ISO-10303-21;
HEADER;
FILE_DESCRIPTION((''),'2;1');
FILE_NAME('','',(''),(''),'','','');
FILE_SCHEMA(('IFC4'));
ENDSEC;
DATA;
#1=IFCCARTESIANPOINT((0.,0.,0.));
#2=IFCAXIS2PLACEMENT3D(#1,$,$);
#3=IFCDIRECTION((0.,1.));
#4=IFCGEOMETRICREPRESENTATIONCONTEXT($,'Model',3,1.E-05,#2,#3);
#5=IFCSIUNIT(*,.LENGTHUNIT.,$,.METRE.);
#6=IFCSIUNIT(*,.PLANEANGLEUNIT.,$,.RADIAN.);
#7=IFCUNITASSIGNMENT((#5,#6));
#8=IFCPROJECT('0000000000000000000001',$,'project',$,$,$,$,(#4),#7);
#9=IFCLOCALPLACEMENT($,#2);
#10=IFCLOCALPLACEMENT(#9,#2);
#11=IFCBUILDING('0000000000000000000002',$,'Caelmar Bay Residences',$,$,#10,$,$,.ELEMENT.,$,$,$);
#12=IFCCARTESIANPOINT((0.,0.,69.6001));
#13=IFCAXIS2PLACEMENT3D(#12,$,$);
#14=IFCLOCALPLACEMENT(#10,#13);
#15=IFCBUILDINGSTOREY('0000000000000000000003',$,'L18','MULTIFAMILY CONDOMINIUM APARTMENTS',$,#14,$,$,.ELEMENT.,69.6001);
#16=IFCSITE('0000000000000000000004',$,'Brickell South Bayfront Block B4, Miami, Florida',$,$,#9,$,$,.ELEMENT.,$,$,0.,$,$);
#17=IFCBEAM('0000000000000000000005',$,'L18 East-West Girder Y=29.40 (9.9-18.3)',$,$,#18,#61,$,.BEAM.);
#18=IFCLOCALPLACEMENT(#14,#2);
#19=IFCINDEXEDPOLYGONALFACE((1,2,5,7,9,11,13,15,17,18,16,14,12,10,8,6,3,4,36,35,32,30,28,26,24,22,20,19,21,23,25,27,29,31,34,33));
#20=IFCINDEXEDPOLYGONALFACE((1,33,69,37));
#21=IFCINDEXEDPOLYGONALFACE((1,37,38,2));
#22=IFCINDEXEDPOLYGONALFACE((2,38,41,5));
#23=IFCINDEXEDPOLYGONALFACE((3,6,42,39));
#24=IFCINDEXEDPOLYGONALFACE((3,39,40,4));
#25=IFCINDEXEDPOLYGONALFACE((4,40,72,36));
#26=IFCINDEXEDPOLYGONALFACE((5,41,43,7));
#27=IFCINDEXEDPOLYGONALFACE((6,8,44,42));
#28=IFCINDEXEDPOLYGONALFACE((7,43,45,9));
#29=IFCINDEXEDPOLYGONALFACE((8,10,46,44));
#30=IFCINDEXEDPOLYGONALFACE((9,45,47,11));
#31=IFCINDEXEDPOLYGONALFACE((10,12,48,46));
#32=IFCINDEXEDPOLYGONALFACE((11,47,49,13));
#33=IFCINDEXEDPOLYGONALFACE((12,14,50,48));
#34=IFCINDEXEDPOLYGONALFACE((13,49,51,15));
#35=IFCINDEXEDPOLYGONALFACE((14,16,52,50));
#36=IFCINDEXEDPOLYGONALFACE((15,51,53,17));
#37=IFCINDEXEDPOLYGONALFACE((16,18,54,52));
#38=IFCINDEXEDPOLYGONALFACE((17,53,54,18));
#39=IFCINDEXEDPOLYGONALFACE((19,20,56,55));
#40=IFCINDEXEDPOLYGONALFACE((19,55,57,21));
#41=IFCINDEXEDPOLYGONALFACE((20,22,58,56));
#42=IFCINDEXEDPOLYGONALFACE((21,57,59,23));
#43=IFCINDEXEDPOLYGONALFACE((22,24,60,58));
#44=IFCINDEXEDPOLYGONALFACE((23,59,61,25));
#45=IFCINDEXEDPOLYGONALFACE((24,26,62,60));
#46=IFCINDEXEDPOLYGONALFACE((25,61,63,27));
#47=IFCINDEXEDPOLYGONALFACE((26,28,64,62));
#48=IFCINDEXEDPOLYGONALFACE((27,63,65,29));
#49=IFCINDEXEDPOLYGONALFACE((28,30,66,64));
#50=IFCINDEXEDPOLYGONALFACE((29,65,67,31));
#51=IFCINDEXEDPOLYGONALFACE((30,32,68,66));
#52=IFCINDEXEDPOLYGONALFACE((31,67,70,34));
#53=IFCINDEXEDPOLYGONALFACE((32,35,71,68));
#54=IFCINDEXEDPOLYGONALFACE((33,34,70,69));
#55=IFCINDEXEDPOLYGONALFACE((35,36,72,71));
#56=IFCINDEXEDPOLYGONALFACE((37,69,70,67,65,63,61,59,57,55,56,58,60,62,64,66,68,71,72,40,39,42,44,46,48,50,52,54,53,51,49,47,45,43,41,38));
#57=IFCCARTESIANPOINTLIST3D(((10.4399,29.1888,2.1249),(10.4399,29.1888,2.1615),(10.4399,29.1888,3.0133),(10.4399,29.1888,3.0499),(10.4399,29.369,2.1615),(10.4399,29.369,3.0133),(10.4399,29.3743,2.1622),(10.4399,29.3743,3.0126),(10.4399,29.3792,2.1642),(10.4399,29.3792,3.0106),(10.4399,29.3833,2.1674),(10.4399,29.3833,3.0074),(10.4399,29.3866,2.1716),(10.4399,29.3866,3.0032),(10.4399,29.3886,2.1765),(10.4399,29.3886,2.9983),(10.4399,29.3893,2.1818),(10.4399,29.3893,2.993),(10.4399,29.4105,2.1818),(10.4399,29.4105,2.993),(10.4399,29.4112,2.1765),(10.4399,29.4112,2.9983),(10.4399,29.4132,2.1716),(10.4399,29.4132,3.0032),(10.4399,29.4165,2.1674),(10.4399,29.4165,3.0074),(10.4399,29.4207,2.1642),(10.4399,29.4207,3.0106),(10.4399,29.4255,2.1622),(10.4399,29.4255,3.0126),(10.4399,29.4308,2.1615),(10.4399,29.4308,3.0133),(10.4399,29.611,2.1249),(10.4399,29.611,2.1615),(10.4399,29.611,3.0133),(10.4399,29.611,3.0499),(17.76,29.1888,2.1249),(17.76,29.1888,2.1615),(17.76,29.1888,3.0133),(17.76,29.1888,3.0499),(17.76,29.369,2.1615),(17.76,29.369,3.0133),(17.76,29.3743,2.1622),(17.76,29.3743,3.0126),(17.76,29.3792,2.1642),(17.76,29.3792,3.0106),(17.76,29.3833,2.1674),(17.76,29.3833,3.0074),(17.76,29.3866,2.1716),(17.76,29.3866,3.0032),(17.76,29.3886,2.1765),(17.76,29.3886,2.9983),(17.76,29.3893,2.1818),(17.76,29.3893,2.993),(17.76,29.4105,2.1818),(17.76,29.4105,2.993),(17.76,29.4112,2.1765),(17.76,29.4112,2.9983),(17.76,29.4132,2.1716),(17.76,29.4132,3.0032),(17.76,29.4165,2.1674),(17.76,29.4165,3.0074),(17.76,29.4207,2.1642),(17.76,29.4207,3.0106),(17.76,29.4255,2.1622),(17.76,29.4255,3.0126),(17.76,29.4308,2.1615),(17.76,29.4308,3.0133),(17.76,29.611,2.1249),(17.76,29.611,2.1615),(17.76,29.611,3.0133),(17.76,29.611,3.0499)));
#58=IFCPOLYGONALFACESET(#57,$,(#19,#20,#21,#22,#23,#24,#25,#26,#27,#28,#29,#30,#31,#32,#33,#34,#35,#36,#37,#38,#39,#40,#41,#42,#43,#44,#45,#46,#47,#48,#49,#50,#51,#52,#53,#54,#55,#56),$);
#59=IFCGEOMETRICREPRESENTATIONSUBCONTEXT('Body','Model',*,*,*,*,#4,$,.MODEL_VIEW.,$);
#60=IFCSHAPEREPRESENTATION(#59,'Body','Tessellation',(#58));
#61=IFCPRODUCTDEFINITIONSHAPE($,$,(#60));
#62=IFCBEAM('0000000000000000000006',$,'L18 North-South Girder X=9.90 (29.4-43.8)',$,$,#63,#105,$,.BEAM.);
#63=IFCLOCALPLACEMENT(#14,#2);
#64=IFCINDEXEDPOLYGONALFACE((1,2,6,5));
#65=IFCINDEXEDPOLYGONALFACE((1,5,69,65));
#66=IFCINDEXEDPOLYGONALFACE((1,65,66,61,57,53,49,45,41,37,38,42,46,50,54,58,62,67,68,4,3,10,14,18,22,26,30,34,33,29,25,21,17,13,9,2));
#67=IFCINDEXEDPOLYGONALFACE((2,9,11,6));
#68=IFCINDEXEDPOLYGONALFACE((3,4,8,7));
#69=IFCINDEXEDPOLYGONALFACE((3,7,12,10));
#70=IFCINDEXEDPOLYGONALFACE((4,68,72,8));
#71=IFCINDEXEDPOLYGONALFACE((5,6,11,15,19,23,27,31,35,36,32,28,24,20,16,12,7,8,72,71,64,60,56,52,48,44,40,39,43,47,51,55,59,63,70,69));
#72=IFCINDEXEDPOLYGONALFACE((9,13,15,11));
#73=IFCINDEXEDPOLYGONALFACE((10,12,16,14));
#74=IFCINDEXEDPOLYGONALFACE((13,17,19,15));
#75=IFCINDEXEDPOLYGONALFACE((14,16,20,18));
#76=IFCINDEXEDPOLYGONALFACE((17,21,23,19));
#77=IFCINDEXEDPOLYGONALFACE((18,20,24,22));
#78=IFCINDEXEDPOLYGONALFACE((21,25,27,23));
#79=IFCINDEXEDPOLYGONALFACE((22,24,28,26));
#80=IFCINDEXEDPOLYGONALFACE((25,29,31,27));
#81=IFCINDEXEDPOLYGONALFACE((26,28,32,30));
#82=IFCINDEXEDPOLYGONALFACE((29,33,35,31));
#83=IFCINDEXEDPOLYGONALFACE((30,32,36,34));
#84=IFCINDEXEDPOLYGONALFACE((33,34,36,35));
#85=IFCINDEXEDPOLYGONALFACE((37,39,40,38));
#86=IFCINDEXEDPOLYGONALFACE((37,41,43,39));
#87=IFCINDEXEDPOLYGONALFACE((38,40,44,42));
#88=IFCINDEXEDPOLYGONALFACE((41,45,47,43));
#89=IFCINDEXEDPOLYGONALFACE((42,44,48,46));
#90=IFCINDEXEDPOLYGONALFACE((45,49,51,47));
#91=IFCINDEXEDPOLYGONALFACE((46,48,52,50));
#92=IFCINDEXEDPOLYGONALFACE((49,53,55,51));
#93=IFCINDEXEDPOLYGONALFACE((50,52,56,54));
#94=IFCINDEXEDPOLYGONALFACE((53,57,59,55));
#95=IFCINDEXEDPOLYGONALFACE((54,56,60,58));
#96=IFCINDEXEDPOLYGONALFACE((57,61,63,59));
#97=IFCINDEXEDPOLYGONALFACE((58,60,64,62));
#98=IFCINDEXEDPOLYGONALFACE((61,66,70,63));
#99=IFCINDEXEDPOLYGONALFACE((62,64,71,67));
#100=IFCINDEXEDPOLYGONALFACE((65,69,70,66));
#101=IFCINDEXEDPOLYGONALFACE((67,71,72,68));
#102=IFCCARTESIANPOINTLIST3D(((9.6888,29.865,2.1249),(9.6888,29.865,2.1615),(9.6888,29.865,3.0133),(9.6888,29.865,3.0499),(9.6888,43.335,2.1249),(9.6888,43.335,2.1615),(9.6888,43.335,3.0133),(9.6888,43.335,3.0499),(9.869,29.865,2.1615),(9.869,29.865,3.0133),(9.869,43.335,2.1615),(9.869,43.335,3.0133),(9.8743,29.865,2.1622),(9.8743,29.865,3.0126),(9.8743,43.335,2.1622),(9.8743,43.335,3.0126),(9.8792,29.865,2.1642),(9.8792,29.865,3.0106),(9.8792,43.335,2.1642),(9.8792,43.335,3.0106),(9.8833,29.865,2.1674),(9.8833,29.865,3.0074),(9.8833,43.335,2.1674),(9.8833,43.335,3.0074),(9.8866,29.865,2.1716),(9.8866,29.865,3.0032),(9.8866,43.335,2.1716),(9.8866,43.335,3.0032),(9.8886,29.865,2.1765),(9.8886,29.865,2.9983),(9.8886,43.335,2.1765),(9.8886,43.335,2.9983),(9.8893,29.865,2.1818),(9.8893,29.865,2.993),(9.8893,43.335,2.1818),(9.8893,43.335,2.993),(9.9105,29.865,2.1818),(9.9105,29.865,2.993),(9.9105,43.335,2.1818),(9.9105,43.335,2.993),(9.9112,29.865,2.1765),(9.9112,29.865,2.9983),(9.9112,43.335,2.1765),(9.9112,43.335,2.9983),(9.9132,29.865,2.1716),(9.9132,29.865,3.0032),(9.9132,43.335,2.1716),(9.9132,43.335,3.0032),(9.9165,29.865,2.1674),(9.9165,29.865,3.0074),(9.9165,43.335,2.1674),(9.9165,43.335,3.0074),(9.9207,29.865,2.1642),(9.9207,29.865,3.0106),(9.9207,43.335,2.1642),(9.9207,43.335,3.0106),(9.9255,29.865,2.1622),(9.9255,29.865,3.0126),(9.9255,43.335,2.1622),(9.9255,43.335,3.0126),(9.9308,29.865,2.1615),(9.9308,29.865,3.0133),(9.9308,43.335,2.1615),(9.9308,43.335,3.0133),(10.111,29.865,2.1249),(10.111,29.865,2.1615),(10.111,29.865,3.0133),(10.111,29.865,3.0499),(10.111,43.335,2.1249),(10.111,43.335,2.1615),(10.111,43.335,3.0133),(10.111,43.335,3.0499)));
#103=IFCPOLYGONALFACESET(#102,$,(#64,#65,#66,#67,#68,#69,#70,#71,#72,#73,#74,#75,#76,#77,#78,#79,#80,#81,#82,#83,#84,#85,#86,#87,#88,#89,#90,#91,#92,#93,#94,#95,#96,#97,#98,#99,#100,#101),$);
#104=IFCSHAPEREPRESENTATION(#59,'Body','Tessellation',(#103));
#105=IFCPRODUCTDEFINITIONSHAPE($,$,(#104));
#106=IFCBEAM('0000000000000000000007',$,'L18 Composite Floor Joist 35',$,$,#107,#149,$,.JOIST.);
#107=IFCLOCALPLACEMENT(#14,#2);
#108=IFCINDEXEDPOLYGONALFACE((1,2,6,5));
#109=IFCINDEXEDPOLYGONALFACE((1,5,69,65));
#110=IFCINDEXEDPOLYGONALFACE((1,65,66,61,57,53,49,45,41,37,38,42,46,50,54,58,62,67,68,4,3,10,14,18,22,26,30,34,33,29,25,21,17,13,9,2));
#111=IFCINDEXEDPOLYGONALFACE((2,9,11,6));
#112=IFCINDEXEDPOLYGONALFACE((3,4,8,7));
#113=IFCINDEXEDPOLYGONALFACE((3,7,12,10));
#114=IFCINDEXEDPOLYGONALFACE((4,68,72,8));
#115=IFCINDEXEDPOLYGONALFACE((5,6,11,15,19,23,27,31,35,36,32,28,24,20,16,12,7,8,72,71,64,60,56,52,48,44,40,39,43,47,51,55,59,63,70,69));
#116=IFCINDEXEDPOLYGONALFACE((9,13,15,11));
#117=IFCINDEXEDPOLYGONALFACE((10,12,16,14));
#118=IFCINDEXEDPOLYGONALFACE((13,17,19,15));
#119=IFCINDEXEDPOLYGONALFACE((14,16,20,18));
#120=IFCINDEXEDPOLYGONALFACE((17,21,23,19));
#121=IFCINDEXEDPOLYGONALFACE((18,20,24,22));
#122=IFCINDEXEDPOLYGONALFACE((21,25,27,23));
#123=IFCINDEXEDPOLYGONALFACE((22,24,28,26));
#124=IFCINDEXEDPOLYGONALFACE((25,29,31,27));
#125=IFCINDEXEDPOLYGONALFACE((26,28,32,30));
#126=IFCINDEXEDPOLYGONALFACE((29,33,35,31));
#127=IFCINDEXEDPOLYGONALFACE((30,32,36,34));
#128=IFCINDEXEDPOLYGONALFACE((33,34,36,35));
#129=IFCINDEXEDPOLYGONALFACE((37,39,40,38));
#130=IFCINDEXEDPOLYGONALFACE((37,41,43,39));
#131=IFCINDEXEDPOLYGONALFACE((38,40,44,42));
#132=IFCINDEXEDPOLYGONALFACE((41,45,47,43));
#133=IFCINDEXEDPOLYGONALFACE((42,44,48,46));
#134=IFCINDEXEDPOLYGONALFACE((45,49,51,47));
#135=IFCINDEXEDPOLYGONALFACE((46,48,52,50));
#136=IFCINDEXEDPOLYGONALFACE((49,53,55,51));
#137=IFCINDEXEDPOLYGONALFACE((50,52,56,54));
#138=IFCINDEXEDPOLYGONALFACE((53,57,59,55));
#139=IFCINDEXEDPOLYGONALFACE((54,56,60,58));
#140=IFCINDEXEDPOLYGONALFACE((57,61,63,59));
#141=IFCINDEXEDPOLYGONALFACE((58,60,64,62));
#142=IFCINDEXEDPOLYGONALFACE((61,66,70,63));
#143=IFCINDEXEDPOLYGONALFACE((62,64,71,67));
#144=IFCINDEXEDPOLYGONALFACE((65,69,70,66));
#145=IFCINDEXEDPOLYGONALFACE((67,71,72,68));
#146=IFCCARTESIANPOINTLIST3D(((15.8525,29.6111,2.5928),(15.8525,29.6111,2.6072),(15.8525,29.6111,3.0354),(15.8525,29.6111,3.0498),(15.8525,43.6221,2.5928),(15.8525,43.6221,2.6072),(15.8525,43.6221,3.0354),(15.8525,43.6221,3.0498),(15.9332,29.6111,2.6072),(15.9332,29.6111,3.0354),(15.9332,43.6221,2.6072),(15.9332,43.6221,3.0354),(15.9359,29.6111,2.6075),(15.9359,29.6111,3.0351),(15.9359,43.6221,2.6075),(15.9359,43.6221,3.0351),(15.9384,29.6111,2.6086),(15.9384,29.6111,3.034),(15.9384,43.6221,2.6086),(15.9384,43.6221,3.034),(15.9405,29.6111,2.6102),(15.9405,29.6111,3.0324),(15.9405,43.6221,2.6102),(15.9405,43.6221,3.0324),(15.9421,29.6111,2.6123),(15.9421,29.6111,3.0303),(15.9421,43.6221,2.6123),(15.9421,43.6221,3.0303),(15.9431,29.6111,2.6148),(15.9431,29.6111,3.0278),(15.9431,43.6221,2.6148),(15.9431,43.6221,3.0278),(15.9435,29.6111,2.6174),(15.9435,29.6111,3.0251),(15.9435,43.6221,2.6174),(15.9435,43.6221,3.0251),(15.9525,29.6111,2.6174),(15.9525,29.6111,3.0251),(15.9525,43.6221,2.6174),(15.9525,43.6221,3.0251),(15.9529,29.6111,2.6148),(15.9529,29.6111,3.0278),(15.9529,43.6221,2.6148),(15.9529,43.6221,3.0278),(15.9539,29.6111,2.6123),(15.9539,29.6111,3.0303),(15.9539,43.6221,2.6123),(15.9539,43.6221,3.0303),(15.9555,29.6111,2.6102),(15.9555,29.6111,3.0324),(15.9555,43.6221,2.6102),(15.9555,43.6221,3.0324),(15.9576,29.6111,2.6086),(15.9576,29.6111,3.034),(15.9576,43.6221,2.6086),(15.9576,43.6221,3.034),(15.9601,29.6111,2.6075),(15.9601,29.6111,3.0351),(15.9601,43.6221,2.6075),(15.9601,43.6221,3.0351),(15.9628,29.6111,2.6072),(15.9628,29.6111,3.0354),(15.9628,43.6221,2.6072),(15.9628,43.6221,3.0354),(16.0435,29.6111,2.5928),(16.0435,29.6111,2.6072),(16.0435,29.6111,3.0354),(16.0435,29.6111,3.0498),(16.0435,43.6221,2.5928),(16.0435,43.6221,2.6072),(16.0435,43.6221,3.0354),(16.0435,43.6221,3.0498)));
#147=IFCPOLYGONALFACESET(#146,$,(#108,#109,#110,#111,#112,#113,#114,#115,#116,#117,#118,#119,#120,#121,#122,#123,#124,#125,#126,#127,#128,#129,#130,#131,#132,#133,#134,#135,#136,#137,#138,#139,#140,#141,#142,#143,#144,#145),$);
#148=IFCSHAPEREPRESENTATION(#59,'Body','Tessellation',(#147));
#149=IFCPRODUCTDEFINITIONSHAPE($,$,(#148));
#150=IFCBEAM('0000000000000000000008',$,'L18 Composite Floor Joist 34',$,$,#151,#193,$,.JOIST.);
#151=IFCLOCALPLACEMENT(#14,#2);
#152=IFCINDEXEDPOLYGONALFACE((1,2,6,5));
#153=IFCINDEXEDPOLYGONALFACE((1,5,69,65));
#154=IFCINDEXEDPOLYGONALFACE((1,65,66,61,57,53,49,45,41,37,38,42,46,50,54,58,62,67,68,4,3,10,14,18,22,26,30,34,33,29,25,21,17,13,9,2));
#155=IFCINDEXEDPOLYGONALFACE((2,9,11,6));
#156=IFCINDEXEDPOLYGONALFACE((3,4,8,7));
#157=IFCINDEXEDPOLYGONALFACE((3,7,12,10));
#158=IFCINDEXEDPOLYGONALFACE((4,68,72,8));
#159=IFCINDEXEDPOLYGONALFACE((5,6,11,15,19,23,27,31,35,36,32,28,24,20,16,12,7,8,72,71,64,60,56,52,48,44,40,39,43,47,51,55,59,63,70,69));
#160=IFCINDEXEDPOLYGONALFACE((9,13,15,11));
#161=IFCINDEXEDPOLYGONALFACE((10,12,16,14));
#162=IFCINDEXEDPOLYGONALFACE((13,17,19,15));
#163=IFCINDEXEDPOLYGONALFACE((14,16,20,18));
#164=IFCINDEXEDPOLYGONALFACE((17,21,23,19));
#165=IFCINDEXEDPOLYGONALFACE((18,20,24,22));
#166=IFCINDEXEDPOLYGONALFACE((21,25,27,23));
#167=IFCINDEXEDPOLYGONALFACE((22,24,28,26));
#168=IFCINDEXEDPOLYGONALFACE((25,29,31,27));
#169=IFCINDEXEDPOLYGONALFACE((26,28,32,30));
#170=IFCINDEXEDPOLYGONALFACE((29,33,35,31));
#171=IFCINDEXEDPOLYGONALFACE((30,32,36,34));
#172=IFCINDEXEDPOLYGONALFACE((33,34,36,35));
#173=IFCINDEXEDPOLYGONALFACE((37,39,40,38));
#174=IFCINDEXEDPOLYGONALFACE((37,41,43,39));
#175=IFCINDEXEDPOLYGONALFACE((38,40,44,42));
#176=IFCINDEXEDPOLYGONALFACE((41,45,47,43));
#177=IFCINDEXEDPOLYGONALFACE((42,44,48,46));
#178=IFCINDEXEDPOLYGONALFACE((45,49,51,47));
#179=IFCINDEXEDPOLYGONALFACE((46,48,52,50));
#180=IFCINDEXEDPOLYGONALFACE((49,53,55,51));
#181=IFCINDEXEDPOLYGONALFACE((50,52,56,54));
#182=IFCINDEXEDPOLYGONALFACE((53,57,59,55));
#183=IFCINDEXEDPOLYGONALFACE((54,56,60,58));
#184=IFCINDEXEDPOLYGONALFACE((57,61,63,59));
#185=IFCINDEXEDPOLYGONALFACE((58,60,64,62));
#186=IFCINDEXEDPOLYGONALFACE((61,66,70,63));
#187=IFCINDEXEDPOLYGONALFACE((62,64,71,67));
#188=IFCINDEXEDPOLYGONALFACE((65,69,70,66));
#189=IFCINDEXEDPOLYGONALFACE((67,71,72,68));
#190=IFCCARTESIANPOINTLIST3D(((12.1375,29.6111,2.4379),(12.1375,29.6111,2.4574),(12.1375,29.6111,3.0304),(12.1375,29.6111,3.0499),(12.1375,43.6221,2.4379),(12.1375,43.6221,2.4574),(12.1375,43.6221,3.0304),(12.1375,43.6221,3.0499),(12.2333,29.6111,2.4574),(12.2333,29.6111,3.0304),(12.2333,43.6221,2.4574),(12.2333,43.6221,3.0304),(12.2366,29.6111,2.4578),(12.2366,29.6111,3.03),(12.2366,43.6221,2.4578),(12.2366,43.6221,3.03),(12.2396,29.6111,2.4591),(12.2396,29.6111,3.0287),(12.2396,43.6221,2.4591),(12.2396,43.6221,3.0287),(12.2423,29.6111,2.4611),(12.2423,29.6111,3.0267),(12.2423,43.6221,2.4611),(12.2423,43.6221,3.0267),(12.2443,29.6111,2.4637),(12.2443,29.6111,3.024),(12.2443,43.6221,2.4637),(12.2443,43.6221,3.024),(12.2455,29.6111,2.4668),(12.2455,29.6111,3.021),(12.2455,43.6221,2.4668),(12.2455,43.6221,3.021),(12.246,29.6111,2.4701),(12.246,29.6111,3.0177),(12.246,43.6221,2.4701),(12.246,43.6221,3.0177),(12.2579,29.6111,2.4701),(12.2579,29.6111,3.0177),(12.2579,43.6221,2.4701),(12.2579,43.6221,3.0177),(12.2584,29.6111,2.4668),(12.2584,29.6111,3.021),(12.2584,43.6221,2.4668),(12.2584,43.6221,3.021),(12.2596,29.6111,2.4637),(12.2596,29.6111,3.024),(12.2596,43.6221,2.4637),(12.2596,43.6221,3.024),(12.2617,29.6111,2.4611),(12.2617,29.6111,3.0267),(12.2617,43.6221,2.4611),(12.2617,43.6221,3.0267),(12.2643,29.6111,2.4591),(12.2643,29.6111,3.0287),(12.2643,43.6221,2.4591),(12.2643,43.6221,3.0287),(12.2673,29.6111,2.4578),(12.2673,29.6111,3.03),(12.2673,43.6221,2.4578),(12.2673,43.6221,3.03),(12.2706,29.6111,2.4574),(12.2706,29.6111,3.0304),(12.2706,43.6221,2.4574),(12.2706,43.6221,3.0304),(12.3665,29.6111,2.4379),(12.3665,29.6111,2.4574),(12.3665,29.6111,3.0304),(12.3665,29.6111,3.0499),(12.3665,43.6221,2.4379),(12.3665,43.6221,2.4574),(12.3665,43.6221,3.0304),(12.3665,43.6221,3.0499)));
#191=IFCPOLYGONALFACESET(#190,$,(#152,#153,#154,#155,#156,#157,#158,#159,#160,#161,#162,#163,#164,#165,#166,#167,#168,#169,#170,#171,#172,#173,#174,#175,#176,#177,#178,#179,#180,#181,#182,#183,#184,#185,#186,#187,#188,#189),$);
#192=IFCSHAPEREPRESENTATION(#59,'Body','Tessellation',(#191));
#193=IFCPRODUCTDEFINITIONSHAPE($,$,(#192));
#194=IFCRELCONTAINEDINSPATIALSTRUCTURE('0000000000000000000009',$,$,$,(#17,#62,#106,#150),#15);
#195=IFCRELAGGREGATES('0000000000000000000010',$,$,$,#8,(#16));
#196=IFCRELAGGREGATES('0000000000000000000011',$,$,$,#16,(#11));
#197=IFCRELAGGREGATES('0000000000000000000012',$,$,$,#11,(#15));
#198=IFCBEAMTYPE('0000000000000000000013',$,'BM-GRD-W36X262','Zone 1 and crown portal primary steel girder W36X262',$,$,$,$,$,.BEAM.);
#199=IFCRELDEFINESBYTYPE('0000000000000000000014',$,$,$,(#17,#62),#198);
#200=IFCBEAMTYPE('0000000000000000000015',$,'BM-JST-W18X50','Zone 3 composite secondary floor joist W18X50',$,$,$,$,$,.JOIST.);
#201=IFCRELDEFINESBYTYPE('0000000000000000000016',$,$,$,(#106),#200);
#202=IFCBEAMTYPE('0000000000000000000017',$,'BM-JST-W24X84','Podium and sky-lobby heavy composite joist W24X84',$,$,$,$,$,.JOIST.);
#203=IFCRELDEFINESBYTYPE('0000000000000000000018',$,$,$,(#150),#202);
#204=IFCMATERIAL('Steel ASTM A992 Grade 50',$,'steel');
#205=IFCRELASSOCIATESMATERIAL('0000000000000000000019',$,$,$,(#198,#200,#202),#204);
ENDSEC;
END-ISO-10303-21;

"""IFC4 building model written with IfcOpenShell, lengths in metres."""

from ifc_helpers import new_model, si_unit, direction, frame, origin, origin_2d, place, context, subcontext, project, spatial, i_section, extrude, material, material_profile, profile_set, type_object, element, save


model = new_model("IFC4")

# Units and contexts
model_context = context("Model", 3, precision=1e-05, world=origin(), true_north=direction((0.0, 1.0)))
body_context = subcontext(model_context, "Body", "Model", "MODEL_VIEW")
ifc_project = project(units=[si_unit("LENGTHUNIT", "METRE"), si_unit("PLANEANGLEUNIT", "RADIAN")], contexts=[model_context])

# Site, building, storey
site_placement = place(None, origin())
site = spatial("IfcSite", under=ifc_project, at=site_placement, Name="Brickell South Bayfront Block B4, Miami, Florida", CompositionType="ELEMENT", RefElevation=0.0)
building_placement = place(site_placement, origin())
building = spatial("IfcBuilding", under=site, at=building_placement, Name="Caelmar Bay Residences", CompositionType="ELEMENT")
storey_placement = place(building_placement, frame((0.0, 0.0, 69.6001)))
storey = spatial("IfcBuildingStorey", under=building, at=storey_placement, Name="L18", Description="MULTIFAMILY CONDOMINIUM APARTMENTS", CompositionType="ELEMENT", Elevation=69.6001)

# Beams
ifc_material_1 = material(Name="Steel ASTM A992 Grade 50", Category="steel")
ifc_material_profile_1 = material_profile(ifc_material_1, i_section(OverallWidth=0.4221, OverallDepth=0.925, WebThickness=0.0212, FlangeThickness=0.0366, FilletRadius=0.0203, at=origin_2d()), Name="W36X262")
ifc_profile_set_1 = profile_set([ifc_material_profile_1], Name="Steel ASTM A992 Grade 50")
beam_type_1 = type_object("IfcBeamType", Name="BM-GRD-W36X262", Description="Zone 1 and crown portal primary steel girder W36X262", PredefinedType="BEAM", material=ifc_profile_set_1)
beam_1_placement = place(storey_placement, frame((10.4399, 29.3999, 2.5874), z_axis=(1.0, 0.0, 0.0), x_axis=(0.0, 1.0, 0.0)))
element("IfcBeam", 1, at=beam_1_placement, inside=storey, type_object=beam_type_1, Name="L18 East-West Girder Y=29.40 (9.9-18.3)", PredefinedType="BEAM", context=body_context, shape_type="SweptSolid", body=[
    extrude(i_section(OverallWidth=0.4221, OverallDepth=0.925, WebThickness=0.0212, FlangeThickness=0.0366, FilletRadius=0.0203, at=origin_2d()), origin(), (0.0, 0.0, 1.0), 7.3201),
])
beam_2_placement = place(storey_placement, frame((9.8999, 29.865, 2.5874), z_axis=(0.0, 1.0, 0.0), x_axis=(-1.0, 0.0, 0.0)))
element("IfcBeam", 2, at=beam_2_placement, inside=storey, type_object=beam_type_1, Name="L18 North-South Girder X=9.90 (29.4-43.8)", PredefinedType="BEAM", context=body_context, shape_type="SweptSolid", body=[
    extrude(i_section(OverallWidth=0.4221, OverallDepth=0.925, WebThickness=0.0212, FlangeThickness=0.0366, FilletRadius=0.0203, at=origin_2d()), origin(), (0.0, 0.0, 1.0), 13.47),
])
ifc_material_profile_2 = material_profile(ifc_material_1, i_section(OverallWidth=0.1909, OverallDepth=0.457, WebThickness=0.009, FlangeThickness=0.0144, FilletRadius=0.0103, at=origin_2d()), Name="W18X50")
ifc_profile_set_2 = profile_set([ifc_material_profile_2], Name="Steel ASTM A992 Grade 50")
beam_type_2 = type_object("IfcBeamType", Name="BM-JST-W18X50", Description="Zone 3 composite secondary floor joist W18X50", PredefinedType="JOIST", material=ifc_profile_set_2)
beam_3_placement = place(storey_placement, frame((15.948, 29.6111, 2.8213), z_axis=(0.0, 1.0, 0.0), x_axis=(-1.0, 0.0, 0.0)))
element("IfcBeam", 3, at=beam_3_placement, inside=storey, type_object=beam_type_2, Name="L18 Composite Floor Joist 35", PredefinedType="JOIST", context=body_context, shape_type="SweptSolid", body=[
    extrude(i_section(OverallWidth=0.1909, OverallDepth=0.457, WebThickness=0.009, FlangeThickness=0.0144, FilletRadius=0.0103, at=origin_2d()), origin(), (0.0, 0.0, 1.0), 14.011),
])
ifc_material_profile_3 = material_profile(ifc_material_1, i_section(OverallWidth=0.229, OverallDepth=0.6121, WebThickness=0.012, FlangeThickness=0.0195, FilletRadius=0.0127, at=origin_2d()), Name="W24X84")
ifc_profile_set_3 = profile_set([ifc_material_profile_3], Name="Steel ASTM A992 Grade 50")
beam_type_3 = type_object("IfcBeamType", Name="BM-JST-W24X84", Description="Podium and sky-lobby heavy composite joist W24X84", PredefinedType="JOIST", material=ifc_profile_set_3)
beam_4_placement = place(storey_placement, frame((12.252, 29.6111, 2.7439), z_axis=(0.0, 1.0, 0.0), x_axis=(-1.0, 0.0, 0.0)))
element("IfcBeam", 4, at=beam_4_placement, inside=storey, type_object=beam_type_3, Name="L18 Composite Floor Joist 34", PredefinedType="JOIST", context=body_context, shape_type="SweptSolid", body=[
    extrude(i_section(OverallWidth=0.229, OverallDepth=0.6121, WebThickness=0.012, FlangeThickness=0.0195, FilletRadius=0.0127, at=origin_2d()), origin(), (0.0, 0.0, 1.0), 14.011),
])

save(model, "model.ifc")
